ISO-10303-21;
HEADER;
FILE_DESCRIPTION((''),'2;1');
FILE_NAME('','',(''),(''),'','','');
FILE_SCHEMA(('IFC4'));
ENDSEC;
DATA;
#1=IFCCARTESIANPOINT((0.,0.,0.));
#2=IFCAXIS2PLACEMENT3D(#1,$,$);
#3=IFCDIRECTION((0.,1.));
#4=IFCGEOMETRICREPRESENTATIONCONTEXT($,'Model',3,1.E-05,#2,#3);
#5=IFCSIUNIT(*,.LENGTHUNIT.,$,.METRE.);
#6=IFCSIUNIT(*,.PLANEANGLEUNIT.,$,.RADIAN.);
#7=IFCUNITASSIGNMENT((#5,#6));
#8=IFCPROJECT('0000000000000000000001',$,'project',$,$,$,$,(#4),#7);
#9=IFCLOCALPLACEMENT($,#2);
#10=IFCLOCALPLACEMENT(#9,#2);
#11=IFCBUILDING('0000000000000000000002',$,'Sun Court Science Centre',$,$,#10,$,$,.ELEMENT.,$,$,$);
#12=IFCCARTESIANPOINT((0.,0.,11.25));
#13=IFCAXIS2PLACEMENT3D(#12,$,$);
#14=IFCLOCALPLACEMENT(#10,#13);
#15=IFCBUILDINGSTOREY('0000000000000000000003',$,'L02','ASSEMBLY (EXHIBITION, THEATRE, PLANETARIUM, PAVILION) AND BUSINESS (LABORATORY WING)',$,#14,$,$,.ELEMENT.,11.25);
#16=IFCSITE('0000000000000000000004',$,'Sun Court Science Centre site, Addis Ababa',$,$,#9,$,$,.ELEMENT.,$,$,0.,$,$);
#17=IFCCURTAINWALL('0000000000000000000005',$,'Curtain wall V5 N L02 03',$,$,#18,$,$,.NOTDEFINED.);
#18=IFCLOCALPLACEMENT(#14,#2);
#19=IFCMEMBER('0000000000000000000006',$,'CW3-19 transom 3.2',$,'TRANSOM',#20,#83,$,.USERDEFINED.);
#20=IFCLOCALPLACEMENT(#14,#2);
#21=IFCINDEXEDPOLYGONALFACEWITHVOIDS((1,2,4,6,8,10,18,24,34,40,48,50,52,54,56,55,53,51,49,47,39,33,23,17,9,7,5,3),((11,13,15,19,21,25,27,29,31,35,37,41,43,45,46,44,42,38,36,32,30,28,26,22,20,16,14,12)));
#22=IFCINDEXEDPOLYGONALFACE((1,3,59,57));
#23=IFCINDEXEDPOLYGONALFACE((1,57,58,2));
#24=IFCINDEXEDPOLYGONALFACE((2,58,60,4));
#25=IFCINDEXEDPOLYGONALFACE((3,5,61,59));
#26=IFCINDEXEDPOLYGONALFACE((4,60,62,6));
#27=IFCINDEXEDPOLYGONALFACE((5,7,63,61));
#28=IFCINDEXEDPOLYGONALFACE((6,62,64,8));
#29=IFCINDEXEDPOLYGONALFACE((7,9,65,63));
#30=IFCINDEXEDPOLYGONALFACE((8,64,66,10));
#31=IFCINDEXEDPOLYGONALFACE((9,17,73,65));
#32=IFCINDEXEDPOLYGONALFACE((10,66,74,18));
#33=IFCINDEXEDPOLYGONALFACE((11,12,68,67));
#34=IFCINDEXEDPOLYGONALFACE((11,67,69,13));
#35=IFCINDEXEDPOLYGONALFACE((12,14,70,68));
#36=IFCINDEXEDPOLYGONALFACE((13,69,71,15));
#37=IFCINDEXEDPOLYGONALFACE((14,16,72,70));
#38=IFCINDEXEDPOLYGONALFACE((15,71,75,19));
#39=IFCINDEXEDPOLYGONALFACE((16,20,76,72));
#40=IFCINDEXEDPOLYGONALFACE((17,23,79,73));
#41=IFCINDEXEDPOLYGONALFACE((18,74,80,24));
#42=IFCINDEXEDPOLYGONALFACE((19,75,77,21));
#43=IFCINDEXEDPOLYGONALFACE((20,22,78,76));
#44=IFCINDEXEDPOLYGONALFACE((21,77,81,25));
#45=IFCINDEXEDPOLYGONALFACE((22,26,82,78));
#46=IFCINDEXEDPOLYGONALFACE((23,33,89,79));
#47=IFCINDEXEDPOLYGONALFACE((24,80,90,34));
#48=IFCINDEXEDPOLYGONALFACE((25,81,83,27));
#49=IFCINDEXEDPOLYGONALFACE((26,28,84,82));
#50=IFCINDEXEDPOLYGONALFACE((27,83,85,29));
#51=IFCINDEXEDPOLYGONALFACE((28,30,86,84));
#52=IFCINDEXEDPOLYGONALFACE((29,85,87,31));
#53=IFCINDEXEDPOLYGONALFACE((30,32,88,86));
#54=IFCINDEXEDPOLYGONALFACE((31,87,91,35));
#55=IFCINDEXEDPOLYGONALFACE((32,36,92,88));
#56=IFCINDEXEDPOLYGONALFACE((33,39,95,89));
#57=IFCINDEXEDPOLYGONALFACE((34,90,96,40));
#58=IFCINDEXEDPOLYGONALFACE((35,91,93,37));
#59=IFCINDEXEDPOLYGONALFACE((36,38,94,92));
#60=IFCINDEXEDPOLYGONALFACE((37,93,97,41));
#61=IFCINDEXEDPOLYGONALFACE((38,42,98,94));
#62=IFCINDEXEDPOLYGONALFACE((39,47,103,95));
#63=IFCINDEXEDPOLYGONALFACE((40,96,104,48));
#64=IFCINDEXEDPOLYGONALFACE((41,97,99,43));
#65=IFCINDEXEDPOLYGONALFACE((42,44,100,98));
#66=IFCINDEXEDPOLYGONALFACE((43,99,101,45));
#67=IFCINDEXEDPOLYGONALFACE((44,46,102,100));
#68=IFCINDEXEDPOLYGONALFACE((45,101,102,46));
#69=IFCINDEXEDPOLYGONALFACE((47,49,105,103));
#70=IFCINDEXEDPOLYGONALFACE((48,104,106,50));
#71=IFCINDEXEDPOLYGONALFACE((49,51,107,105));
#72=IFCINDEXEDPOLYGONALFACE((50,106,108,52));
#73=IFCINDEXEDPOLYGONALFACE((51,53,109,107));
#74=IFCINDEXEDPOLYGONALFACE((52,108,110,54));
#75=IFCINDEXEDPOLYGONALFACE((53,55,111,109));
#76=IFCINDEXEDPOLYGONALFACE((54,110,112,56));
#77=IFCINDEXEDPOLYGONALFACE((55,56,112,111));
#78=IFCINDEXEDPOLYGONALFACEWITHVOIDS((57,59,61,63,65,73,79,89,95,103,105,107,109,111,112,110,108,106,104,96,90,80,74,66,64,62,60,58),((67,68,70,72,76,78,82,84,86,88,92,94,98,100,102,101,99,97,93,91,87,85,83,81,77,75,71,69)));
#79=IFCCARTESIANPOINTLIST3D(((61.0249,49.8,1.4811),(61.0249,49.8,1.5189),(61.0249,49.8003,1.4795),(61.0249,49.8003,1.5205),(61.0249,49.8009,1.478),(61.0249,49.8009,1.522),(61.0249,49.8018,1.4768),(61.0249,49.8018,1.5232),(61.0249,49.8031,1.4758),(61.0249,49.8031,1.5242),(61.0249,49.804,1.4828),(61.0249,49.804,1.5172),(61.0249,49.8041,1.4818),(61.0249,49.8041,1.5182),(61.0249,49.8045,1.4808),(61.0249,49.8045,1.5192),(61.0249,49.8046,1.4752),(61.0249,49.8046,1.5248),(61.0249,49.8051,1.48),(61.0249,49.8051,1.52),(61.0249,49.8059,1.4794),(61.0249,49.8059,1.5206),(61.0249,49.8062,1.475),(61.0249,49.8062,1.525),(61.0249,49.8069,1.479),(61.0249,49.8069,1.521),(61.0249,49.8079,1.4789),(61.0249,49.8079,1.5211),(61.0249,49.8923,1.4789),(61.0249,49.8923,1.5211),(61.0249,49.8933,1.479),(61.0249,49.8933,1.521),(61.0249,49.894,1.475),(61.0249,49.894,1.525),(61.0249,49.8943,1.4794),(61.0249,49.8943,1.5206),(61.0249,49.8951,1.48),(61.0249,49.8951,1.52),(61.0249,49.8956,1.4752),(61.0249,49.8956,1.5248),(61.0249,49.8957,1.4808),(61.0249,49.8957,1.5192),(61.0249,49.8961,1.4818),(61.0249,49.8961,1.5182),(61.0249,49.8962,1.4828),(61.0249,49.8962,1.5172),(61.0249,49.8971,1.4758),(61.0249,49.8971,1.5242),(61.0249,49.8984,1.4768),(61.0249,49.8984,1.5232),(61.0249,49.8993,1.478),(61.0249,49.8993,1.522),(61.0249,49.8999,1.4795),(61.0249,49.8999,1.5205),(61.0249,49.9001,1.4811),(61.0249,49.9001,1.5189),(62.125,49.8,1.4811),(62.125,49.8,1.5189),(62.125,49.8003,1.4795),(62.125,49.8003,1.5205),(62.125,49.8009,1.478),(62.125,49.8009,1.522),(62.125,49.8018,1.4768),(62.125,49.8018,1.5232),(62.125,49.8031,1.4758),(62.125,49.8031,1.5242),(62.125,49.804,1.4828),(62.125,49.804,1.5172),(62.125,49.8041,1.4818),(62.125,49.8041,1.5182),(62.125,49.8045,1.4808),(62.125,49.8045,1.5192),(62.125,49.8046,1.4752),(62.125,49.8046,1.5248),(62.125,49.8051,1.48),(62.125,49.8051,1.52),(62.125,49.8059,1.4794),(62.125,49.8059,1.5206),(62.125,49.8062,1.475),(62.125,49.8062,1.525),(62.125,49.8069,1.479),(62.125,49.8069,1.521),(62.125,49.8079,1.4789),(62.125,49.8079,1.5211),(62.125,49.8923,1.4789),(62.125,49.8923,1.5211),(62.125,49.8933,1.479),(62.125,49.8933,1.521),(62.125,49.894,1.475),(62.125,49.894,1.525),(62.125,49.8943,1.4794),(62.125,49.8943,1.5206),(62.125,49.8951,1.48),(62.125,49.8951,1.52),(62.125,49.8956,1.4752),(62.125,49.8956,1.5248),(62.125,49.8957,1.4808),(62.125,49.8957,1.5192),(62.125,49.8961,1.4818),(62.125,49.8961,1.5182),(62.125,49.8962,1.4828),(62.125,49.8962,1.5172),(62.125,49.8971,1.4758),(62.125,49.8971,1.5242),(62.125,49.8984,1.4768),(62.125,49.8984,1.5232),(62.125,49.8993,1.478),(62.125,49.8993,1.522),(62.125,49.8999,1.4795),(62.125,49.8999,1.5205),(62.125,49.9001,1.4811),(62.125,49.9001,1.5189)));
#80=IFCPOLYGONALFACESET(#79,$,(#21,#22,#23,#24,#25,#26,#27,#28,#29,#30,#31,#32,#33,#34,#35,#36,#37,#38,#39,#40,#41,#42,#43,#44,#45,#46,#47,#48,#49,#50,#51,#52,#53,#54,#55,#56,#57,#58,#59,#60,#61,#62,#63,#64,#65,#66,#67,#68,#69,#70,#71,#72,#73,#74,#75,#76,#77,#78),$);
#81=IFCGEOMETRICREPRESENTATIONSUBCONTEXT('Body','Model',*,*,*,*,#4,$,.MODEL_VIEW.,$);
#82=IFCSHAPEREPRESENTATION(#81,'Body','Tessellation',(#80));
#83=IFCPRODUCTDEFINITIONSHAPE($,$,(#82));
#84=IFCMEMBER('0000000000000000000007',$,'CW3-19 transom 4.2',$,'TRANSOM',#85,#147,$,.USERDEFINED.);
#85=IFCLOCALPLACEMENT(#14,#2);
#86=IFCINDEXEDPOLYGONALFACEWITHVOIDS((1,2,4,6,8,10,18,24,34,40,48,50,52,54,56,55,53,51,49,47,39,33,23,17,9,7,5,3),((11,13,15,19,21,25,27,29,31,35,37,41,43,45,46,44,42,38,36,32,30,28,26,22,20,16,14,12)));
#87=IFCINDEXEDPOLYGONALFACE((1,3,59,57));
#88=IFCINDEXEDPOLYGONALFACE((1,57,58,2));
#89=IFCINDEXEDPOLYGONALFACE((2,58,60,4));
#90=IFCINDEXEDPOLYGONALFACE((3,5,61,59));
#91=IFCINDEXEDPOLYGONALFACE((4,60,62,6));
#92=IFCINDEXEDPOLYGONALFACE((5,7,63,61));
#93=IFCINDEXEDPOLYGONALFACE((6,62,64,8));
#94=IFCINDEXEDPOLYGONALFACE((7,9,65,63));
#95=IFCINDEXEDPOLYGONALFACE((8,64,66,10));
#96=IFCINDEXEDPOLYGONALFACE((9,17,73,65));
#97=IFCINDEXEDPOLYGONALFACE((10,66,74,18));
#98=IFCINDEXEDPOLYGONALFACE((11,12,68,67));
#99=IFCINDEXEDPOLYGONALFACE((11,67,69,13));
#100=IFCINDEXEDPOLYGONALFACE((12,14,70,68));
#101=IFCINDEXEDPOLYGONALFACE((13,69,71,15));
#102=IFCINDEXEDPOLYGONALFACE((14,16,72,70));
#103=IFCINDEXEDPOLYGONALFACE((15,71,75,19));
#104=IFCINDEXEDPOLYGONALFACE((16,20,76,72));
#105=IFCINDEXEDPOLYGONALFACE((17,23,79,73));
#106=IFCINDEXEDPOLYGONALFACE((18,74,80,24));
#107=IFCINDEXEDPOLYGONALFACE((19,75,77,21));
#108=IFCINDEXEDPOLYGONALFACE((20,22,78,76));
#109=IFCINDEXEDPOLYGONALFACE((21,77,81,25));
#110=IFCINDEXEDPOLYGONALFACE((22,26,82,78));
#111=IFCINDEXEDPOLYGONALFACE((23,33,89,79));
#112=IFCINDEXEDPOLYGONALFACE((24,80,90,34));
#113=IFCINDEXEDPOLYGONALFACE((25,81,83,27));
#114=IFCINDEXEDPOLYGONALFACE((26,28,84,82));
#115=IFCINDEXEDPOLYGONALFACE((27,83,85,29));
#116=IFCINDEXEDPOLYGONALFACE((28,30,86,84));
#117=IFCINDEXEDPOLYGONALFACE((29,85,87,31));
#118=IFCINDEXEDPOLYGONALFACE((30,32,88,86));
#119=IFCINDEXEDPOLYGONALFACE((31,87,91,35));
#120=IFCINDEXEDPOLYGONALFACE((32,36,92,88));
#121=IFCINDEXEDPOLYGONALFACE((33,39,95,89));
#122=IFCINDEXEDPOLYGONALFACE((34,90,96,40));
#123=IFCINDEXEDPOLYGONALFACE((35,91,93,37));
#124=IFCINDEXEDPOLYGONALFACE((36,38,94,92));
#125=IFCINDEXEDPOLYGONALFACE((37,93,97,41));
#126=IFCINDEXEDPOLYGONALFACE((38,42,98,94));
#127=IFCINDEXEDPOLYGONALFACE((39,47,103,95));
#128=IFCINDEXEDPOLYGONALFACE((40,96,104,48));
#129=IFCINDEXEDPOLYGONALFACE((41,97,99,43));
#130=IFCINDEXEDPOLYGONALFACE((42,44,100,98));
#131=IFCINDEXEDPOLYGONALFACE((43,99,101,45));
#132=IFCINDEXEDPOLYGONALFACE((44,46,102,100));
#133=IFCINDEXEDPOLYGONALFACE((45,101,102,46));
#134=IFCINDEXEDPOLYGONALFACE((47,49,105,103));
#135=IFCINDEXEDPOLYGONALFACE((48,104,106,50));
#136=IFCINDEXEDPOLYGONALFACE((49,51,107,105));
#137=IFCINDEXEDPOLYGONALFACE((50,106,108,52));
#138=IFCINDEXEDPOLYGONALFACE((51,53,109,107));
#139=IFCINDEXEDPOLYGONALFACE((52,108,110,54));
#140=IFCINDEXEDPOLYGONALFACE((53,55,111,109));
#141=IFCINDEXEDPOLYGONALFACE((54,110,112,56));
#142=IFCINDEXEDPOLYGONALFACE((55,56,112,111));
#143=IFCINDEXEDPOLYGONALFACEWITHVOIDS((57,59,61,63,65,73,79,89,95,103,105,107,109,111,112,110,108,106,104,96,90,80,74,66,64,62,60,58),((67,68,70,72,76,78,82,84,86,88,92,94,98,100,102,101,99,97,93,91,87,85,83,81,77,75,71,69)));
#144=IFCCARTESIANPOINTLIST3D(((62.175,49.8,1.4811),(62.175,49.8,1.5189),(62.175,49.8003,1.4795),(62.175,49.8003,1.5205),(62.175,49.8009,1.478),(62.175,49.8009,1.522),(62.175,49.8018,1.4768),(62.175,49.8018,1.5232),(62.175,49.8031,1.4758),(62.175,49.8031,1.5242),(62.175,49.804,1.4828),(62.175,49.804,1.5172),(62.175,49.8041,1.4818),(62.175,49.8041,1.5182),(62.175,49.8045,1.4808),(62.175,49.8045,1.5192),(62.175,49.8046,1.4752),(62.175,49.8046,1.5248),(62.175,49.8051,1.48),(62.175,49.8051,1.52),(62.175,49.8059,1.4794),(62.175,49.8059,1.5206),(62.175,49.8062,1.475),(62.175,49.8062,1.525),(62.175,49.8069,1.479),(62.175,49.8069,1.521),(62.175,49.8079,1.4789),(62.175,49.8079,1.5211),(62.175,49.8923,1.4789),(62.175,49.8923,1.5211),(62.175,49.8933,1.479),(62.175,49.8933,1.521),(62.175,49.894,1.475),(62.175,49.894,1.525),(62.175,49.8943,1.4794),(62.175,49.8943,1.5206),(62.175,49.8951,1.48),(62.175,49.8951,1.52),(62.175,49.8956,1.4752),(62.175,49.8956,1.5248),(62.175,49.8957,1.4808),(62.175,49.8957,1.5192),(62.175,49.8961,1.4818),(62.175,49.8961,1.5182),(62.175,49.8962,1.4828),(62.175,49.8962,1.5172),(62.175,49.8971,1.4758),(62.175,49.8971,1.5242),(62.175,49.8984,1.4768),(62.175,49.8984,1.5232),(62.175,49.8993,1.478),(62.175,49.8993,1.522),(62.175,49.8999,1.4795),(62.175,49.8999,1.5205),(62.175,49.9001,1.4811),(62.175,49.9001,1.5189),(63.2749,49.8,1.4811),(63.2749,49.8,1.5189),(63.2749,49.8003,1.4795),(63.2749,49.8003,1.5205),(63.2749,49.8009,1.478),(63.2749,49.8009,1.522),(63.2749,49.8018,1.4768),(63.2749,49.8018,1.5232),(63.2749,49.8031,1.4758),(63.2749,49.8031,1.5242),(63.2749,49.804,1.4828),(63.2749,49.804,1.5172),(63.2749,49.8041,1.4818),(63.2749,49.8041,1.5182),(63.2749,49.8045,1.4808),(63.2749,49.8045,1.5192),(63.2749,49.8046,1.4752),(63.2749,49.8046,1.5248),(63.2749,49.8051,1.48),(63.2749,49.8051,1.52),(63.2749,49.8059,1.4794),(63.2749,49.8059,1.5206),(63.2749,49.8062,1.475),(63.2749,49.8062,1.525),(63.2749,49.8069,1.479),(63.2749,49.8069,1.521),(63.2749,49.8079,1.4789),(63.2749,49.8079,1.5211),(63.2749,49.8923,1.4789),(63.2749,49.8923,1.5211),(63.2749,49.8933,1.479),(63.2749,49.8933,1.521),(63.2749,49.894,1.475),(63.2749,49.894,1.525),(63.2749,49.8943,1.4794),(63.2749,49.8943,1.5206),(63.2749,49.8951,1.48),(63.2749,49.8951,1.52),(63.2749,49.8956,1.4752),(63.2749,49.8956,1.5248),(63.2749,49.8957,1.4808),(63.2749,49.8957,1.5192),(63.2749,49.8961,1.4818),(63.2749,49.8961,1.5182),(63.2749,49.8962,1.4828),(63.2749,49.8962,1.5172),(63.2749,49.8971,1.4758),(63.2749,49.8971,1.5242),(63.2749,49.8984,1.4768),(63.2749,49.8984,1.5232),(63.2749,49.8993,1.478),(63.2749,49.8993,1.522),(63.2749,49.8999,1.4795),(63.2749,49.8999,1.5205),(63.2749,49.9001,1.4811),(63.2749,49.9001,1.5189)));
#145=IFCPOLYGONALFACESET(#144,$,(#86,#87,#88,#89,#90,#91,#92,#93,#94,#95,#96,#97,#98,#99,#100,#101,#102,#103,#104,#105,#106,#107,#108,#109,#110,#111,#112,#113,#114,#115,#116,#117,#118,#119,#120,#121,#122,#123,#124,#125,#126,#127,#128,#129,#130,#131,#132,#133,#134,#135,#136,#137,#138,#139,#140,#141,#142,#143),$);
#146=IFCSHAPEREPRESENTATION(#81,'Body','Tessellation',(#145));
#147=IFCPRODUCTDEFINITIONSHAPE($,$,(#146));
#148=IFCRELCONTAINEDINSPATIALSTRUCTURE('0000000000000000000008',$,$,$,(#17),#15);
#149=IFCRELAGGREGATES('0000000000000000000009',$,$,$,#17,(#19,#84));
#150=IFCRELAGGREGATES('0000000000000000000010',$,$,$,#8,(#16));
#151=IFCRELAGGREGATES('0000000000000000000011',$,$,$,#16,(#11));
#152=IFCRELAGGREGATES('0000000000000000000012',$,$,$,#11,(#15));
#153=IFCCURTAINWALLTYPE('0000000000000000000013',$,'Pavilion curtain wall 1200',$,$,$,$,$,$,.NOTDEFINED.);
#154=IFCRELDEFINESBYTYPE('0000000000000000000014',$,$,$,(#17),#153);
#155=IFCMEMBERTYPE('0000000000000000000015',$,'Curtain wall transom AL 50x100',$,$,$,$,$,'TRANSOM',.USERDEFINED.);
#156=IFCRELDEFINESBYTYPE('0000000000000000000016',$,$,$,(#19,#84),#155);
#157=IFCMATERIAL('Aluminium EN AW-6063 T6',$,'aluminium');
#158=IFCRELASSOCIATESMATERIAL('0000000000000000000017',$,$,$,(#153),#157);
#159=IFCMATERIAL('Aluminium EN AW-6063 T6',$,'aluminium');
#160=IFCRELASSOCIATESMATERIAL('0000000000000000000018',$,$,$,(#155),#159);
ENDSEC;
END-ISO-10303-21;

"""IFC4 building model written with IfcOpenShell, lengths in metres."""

from ifc_helpers import new_model, si_unit, direction, frame, origin, origin_2d, place, context, subcontext, project, spatial, hollow_rectangle, extrude, material, material_profile, profile_set, type_object, element, aggregate, save


model = new_model("IFC4")

# Units and contexts
model_context = context("Model", 3, precision=1e-05, world=origin(), true_north=direction((0.0, 1.0)))
body_context = subcontext(model_context, "Body", "Model", "MODEL_VIEW")
ifc_project = project(units=[si_unit("LENGTHUNIT", "METRE"), si_unit("PLANEANGLEUNIT", "RADIAN")], contexts=[model_context])

# Site, building, storey
site_placement = place(None, origin())
site = spatial("IfcSite", under=ifc_project, at=site_placement, Name="Sun Court Science Centre site, Addis Ababa", CompositionType="ELEMENT", RefElevation=0.0)
building_placement = place(site_placement, origin())
building = spatial("IfcBuilding", under=site, at=building_placement, Name="Sun Court Science Centre", CompositionType="ELEMENT")
storey_placement = place(building_placement, frame((0.0, 0.0, 11.25)))
storey = spatial("IfcBuildingStorey", under=building, at=storey_placement, Name="L02", Description="ASSEMBLY (EXHIBITION, THEATRE, PLANETARIUM, PAVILION) AND BUSINESS (LABORATORY WING)", CompositionType="ELEMENT", Elevation=11.25)

# Curtain wall, members
ifc_material_1 = material(Name="Aluminium EN AW-6063 T6", Category="aluminium")
curtain_wall_type = type_object("IfcCurtainWallType", Name="Pavilion curtain wall 1200", PredefinedType="NOTDEFINED", material=ifc_material_1)
curtain_wall_placement = place(storey_placement, origin())
curtain_wall = element("IfcCurtainWall", 1, at=curtain_wall_placement, inside=storey, type_object=curtain_wall_type, Name="Curtain wall V5 N L02 03", PredefinedType="NOTDEFINED")
ifc_material_2 = material(Name="Aluminium EN AW-6063 T6", Category="aluminium")
ifc_material_profile_1 = material_profile(ifc_material_2, hollow_rectangle(XDim=0.05, YDim=0.1001, WallThickness=0.0039, InnerFilletRadius=0.0039, OuterFilletRadius=0.0061, at=origin_2d()), Name="AL 50x100x4")
ifc_profile_set_1 = profile_set([ifc_material_profile_1], Name="Aluminium EN AW-6063 T6")
member_type_1 = type_object("IfcMemberType", Name="Curtain wall transom AL 50x100", ElementType="TRANSOM", PredefinedType="USERDEFINED", material=ifc_profile_set_1)
member_1_placement = place(storey_placement, frame((61.0249, 49.8501, 1.5), z_axis=(1.0, 0.0, 0.0), x_axis=(0.0, 0.0, 1.0)))
member_1 = element("IfcMember", 2, at=member_1_placement, type_object=member_type_1, Name="CW3-19 transom 3.2", ObjectType="TRANSOM", PredefinedType="USERDEFINED", context=body_context, shape_type="SweptSolid", body=[
    extrude(hollow_rectangle(XDim=0.05, YDim=0.1001, WallThickness=0.0039, InnerFilletRadius=0.0039, OuterFilletRadius=0.0061, at=origin_2d()), origin(), (0.0, 0.0, 1.0), 1.1001),
])
member_2_placement = place(storey_placement, frame((62.175, 49.8501, 1.5), z_axis=(1.0, 0.0, 0.0), x_axis=(0.0, 0.0, 1.0)))
member_2 = element("IfcMember", 3, at=member_2_placement, type_object=member_type_1, Name="CW3-19 transom 4.2", ObjectType="TRANSOM", PredefinedType="USERDEFINED", context=body_context, shape_type="SweptSolid", body=[
    extrude(hollow_rectangle(XDim=0.05, YDim=0.1001, WallThickness=0.0039, InnerFilletRadius=0.0039, OuterFilletRadius=0.0061, at=origin_2d()), origin(), (0.0, 0.0, 1.0), 1.0999),
])
aggregate(curtain_wall, [member_1, member_2])

save(model, "model.ifc")
